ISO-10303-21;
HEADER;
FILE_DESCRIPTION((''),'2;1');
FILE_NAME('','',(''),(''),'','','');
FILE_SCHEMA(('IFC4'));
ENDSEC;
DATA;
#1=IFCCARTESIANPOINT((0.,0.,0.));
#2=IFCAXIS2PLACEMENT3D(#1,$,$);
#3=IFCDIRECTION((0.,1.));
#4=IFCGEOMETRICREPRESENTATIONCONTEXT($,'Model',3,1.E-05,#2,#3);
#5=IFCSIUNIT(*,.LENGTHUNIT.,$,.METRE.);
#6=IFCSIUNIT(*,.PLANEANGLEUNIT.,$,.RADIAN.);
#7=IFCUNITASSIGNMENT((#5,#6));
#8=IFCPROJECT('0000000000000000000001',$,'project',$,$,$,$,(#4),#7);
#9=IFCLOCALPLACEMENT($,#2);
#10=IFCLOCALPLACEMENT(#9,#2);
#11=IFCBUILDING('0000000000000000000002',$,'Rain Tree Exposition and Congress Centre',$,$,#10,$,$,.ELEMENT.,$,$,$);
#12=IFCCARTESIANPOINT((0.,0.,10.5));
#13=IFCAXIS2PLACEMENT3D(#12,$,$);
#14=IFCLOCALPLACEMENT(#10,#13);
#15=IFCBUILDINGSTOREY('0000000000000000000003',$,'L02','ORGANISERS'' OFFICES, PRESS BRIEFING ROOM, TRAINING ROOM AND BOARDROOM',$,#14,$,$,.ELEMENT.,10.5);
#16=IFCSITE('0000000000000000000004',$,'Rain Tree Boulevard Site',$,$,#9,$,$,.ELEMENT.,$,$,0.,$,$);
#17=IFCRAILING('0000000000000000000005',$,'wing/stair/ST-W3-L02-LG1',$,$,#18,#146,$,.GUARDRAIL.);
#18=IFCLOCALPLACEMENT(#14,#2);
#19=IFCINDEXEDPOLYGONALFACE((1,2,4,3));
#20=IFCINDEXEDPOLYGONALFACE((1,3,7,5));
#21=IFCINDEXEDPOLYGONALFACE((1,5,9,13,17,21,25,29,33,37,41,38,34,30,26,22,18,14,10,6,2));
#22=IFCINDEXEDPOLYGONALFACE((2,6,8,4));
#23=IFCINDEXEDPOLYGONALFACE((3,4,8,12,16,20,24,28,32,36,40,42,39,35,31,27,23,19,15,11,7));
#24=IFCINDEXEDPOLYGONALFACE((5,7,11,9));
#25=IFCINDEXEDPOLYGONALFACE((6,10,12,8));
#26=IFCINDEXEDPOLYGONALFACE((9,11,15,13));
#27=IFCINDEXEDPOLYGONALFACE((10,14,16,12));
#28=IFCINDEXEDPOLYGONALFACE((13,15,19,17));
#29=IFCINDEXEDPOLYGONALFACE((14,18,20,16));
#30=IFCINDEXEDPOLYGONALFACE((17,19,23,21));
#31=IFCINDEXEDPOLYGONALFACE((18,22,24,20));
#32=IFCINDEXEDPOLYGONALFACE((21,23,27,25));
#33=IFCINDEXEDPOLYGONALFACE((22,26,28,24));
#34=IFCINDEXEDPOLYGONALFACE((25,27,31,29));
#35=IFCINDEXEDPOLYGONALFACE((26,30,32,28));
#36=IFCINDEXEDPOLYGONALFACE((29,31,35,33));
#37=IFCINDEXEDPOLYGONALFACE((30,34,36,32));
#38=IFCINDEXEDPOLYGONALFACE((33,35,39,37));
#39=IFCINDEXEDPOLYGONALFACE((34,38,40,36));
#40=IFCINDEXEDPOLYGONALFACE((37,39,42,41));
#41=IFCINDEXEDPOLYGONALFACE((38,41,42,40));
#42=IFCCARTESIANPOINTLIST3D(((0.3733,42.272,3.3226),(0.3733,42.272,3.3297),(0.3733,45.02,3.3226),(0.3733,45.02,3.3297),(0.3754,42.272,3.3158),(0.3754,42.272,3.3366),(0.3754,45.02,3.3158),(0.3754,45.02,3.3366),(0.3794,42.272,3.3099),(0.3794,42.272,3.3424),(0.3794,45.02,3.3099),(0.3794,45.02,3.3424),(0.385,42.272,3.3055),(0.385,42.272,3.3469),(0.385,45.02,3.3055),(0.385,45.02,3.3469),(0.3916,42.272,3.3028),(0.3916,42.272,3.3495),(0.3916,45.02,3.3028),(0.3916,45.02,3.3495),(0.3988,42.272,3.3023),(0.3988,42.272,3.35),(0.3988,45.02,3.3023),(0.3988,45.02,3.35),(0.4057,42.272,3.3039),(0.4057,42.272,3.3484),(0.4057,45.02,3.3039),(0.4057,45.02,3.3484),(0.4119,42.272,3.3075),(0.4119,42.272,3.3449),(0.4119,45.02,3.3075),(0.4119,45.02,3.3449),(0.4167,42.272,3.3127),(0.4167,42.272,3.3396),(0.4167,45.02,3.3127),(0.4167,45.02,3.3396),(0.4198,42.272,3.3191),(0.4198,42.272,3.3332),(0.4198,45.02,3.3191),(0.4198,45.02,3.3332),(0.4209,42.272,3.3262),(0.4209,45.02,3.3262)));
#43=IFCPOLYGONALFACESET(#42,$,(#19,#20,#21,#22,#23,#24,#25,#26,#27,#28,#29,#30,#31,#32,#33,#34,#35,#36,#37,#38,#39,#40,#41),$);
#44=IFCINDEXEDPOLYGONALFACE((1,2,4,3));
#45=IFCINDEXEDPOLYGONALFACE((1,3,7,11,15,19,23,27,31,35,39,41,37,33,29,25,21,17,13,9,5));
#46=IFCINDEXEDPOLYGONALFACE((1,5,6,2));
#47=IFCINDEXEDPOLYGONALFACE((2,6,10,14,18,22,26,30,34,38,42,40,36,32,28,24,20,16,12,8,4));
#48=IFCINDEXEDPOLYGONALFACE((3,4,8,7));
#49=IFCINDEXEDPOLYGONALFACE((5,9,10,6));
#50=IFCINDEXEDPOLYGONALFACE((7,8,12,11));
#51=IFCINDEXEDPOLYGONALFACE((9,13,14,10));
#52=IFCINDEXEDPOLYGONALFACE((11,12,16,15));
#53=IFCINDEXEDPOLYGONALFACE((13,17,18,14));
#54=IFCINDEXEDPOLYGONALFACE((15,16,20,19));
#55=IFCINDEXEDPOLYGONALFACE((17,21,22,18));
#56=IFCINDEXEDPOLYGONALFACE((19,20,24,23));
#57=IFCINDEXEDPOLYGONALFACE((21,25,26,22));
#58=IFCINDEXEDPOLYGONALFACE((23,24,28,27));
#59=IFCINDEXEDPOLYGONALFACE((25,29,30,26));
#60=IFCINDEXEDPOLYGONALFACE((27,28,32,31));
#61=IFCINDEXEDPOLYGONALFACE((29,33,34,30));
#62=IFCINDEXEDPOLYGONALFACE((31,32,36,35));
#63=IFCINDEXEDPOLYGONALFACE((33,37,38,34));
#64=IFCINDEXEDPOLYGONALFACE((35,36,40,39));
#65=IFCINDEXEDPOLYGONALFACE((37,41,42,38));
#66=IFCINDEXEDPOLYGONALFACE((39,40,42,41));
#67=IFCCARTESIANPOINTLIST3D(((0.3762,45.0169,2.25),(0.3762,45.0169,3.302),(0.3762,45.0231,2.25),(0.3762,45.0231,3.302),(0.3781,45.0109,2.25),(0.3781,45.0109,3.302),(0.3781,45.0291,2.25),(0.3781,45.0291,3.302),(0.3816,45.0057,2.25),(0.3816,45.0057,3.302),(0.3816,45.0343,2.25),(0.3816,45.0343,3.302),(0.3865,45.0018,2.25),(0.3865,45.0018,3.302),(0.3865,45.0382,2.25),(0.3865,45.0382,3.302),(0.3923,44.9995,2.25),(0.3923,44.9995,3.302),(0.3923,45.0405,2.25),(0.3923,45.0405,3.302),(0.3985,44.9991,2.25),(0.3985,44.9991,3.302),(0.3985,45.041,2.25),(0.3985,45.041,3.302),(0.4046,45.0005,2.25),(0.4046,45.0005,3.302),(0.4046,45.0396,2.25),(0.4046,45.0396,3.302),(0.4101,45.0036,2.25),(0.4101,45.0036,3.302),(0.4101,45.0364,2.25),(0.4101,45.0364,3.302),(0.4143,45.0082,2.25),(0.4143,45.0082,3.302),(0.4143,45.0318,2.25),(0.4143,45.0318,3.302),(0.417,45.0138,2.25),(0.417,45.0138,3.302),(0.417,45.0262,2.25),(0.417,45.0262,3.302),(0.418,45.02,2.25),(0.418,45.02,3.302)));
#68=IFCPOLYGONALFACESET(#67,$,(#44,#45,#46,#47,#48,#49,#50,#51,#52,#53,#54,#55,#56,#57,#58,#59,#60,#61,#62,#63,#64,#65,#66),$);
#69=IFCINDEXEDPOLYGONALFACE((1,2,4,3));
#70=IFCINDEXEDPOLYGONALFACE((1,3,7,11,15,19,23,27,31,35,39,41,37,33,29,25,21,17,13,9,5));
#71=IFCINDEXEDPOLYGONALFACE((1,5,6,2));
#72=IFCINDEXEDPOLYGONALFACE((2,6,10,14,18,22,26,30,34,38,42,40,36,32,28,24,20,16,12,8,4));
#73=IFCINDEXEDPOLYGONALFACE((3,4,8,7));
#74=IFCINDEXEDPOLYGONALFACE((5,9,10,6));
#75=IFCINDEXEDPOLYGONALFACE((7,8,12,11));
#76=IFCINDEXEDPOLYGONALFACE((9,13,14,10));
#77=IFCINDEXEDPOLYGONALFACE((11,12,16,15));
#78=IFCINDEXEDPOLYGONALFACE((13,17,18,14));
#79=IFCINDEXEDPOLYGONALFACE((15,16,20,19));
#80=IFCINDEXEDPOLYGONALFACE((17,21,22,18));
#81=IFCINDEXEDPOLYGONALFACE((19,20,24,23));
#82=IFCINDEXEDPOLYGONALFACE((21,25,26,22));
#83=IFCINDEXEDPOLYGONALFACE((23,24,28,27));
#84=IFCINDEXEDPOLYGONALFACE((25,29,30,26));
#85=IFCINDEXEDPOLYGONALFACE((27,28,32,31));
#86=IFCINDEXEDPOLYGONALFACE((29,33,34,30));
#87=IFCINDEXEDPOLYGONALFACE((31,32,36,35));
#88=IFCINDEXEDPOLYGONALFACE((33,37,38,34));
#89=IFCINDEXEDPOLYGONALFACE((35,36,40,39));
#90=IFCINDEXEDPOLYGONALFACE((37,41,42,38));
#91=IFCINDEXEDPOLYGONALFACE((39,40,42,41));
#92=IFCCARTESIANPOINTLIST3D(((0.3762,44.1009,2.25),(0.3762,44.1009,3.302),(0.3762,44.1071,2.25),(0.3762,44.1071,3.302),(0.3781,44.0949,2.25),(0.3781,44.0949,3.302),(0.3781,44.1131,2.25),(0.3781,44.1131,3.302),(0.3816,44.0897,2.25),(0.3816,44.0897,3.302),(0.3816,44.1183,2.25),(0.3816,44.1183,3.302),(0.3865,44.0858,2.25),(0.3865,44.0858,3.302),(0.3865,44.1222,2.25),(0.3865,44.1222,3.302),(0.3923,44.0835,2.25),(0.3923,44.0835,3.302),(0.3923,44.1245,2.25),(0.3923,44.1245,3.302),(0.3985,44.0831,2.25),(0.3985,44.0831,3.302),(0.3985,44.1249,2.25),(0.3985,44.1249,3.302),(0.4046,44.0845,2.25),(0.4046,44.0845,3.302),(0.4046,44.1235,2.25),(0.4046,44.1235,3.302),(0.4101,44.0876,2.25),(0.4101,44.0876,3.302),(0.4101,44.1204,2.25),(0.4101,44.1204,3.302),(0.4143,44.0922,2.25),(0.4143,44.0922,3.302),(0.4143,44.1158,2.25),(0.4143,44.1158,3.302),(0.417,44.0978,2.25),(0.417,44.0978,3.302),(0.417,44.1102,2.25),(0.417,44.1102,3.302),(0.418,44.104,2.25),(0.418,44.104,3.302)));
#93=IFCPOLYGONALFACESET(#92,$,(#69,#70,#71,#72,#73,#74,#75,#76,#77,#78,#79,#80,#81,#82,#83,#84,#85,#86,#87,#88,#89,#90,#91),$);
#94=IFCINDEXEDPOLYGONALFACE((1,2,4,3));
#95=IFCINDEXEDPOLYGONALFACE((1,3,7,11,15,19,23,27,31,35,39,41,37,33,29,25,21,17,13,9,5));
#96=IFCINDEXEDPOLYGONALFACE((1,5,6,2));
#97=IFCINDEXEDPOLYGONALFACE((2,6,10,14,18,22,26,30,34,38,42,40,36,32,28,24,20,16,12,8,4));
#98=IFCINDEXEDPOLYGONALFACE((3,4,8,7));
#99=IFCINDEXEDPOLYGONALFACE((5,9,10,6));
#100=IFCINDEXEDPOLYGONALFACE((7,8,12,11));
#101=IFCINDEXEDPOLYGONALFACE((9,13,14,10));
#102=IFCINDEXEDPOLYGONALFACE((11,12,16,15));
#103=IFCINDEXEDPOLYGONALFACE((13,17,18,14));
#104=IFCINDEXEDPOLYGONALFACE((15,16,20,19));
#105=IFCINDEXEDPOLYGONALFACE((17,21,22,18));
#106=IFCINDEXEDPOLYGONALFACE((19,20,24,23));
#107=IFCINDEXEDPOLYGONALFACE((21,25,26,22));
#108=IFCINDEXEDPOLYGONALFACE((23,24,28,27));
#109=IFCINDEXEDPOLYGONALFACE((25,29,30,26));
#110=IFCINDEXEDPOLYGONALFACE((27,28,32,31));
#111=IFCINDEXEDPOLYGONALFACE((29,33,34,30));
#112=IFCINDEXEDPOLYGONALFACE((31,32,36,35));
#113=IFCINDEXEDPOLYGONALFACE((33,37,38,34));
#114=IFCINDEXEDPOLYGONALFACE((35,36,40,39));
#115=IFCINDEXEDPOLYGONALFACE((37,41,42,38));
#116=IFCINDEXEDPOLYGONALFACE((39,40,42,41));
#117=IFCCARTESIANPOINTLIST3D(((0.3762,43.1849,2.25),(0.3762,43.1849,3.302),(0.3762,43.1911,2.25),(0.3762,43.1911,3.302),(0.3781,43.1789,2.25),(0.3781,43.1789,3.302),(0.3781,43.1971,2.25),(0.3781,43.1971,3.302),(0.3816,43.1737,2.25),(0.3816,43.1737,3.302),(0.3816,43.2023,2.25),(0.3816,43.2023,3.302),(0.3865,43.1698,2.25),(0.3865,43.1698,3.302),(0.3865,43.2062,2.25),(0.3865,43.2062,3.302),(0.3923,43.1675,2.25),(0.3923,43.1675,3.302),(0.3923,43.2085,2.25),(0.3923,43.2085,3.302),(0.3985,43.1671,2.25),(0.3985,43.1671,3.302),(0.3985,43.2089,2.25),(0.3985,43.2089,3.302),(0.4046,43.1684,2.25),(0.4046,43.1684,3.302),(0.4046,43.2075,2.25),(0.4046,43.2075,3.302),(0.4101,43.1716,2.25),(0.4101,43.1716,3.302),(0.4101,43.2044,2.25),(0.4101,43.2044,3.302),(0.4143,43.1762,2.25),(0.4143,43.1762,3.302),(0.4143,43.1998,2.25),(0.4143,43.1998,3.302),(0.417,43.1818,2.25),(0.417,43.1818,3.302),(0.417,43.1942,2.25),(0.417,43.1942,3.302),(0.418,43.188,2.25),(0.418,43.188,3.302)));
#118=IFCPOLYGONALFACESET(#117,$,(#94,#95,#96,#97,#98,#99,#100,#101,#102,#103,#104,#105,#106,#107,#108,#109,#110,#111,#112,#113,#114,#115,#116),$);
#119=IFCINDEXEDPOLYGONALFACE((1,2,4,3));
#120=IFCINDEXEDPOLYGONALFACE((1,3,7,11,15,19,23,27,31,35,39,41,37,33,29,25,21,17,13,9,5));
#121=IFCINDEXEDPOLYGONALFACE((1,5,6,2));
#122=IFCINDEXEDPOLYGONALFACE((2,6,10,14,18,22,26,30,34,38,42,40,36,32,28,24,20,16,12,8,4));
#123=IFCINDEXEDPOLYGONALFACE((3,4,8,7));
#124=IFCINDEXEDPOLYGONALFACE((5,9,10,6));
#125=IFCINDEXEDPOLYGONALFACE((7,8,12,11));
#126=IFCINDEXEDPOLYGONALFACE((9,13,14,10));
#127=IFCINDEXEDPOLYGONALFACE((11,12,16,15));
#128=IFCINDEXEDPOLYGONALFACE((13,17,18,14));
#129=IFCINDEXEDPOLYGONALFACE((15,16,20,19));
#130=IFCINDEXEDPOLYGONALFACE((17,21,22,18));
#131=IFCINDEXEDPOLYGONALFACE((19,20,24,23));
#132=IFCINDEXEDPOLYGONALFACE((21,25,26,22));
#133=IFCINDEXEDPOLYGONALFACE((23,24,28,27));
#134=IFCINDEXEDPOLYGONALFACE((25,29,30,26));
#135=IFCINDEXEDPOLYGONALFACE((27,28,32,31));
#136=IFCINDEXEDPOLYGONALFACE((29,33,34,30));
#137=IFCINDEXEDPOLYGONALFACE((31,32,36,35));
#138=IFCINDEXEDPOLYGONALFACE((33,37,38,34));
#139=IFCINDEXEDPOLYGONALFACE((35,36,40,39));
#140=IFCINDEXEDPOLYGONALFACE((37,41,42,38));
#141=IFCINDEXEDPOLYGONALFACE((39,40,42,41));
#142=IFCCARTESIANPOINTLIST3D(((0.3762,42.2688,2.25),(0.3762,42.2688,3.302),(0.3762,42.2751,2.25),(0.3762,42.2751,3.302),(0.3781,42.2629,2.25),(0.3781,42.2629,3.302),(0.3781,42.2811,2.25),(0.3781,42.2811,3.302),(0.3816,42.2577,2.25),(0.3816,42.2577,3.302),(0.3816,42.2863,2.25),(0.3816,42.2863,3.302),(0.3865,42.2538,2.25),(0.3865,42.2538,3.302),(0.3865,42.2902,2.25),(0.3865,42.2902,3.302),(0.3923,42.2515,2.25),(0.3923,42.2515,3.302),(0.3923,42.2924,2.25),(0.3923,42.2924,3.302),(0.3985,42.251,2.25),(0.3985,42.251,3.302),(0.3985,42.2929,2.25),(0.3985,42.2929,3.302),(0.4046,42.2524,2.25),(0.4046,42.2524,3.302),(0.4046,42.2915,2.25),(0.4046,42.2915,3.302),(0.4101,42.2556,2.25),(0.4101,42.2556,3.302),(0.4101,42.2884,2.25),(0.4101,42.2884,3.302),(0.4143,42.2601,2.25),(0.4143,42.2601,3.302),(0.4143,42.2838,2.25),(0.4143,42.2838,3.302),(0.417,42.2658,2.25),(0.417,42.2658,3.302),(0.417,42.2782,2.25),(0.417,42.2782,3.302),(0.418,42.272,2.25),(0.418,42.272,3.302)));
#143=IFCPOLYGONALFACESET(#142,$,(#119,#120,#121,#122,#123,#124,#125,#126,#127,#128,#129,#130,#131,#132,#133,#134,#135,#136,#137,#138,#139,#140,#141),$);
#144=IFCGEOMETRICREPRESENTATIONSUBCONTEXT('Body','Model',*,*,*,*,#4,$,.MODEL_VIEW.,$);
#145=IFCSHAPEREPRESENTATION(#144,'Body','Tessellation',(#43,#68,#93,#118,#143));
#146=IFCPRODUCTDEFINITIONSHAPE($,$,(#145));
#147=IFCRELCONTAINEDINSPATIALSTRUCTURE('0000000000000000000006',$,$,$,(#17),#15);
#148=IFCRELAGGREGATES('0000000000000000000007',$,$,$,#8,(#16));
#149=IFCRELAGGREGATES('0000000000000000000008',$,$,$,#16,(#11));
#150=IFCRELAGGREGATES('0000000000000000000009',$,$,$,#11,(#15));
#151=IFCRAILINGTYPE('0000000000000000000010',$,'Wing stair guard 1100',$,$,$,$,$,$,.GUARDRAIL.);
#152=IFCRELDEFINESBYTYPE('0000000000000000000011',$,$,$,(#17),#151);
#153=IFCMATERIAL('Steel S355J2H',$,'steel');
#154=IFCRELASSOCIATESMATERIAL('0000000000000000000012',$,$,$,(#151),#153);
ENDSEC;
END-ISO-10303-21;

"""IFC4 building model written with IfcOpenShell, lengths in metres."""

from ifc_helpers import new_model, si_unit, direction, frame, origin, origin_2d, place, context, subcontext, project, spatial, circle, extrude, material, type_object, element, save


model = new_model("IFC4")

# Units and contexts
model_context = context("Model", 3, precision=1e-05, world=origin(), true_north=direction((0.0, 1.0)))
body_context = subcontext(model_context, "Body", "Model", "MODEL_VIEW")
ifc_project = project(units=[si_unit("LENGTHUNIT", "METRE"), si_unit("PLANEANGLEUNIT", "RADIAN")], contexts=[model_context])

# Site, building, storey
site_placement = place(None, origin())
site = spatial("IfcSite", under=ifc_project, at=site_placement, Name="Rain Tree Boulevard Site", CompositionType="ELEMENT", RefElevation=0.0)
building_placement = place(site_placement, origin())
building = spatial("IfcBuilding", under=site, at=building_placement, Name="Rain Tree Exposition and Congress Centre", CompositionType="ELEMENT")
storey_placement = place(building_placement, frame((0.0, 0.0, 10.5)))
storey = spatial("IfcBuildingStorey", under=building, at=storey_placement, Name="L02", Description="ORGANISERS' OFFICES, PRESS BRIEFING ROOM, TRAINING ROOM AND BOARDROOM", CompositionType="ELEMENT", Elevation=10.5)

# Railing
ifc_material_1 = material(Name="Steel S355J2H", Category="steel")
railing_type_1 = type_object("IfcRailingType", Name="Wing stair guard 1100", PredefinedType="GUARDRAIL", material=ifc_material_1)
railing_1_placement = place(storey_placement, frame((0.397, 45.02, 2.25)))
element("IfcRailing", 1, at=railing_1_placement, inside=storey, type_object=railing_type_1, Name="wing/stair/ST-W3-L02-LG1", PredefinedType="GUARDRAIL", context=body_context, shape_type="SweptSolid", body=[
    extrude(circle(Radius=0.0239, at=origin_2d()), frame((0.0, 0.0, 1.0762), z_axis=(0.0, -1.0, 0.0), x_axis=(1.0, 0.0, 0.0)), (0.0, 0.0, 1.0), 2.748),
    extrude(circle(Radius=0.021, at=origin_2d()), origin(), (0.0, 0.0, 1.0), 1.052),
    extrude(circle(Radius=0.021, at=origin_2d()), frame((0.0, -0.916, 0.0)), (0.0, 0.0, 1.0), 1.052),
    extrude(circle(Radius=0.021, at=origin_2d()), frame((0.0, -1.832, 0.0)), (0.0, 0.0, 1.0), 1.052),
    extrude(circle(Radius=0.021, at=origin_2d()), frame((0.0, -2.748, 0.0)), (0.0, 0.0, 1.0), 1.052),
])

save(model, "model.ifc")
